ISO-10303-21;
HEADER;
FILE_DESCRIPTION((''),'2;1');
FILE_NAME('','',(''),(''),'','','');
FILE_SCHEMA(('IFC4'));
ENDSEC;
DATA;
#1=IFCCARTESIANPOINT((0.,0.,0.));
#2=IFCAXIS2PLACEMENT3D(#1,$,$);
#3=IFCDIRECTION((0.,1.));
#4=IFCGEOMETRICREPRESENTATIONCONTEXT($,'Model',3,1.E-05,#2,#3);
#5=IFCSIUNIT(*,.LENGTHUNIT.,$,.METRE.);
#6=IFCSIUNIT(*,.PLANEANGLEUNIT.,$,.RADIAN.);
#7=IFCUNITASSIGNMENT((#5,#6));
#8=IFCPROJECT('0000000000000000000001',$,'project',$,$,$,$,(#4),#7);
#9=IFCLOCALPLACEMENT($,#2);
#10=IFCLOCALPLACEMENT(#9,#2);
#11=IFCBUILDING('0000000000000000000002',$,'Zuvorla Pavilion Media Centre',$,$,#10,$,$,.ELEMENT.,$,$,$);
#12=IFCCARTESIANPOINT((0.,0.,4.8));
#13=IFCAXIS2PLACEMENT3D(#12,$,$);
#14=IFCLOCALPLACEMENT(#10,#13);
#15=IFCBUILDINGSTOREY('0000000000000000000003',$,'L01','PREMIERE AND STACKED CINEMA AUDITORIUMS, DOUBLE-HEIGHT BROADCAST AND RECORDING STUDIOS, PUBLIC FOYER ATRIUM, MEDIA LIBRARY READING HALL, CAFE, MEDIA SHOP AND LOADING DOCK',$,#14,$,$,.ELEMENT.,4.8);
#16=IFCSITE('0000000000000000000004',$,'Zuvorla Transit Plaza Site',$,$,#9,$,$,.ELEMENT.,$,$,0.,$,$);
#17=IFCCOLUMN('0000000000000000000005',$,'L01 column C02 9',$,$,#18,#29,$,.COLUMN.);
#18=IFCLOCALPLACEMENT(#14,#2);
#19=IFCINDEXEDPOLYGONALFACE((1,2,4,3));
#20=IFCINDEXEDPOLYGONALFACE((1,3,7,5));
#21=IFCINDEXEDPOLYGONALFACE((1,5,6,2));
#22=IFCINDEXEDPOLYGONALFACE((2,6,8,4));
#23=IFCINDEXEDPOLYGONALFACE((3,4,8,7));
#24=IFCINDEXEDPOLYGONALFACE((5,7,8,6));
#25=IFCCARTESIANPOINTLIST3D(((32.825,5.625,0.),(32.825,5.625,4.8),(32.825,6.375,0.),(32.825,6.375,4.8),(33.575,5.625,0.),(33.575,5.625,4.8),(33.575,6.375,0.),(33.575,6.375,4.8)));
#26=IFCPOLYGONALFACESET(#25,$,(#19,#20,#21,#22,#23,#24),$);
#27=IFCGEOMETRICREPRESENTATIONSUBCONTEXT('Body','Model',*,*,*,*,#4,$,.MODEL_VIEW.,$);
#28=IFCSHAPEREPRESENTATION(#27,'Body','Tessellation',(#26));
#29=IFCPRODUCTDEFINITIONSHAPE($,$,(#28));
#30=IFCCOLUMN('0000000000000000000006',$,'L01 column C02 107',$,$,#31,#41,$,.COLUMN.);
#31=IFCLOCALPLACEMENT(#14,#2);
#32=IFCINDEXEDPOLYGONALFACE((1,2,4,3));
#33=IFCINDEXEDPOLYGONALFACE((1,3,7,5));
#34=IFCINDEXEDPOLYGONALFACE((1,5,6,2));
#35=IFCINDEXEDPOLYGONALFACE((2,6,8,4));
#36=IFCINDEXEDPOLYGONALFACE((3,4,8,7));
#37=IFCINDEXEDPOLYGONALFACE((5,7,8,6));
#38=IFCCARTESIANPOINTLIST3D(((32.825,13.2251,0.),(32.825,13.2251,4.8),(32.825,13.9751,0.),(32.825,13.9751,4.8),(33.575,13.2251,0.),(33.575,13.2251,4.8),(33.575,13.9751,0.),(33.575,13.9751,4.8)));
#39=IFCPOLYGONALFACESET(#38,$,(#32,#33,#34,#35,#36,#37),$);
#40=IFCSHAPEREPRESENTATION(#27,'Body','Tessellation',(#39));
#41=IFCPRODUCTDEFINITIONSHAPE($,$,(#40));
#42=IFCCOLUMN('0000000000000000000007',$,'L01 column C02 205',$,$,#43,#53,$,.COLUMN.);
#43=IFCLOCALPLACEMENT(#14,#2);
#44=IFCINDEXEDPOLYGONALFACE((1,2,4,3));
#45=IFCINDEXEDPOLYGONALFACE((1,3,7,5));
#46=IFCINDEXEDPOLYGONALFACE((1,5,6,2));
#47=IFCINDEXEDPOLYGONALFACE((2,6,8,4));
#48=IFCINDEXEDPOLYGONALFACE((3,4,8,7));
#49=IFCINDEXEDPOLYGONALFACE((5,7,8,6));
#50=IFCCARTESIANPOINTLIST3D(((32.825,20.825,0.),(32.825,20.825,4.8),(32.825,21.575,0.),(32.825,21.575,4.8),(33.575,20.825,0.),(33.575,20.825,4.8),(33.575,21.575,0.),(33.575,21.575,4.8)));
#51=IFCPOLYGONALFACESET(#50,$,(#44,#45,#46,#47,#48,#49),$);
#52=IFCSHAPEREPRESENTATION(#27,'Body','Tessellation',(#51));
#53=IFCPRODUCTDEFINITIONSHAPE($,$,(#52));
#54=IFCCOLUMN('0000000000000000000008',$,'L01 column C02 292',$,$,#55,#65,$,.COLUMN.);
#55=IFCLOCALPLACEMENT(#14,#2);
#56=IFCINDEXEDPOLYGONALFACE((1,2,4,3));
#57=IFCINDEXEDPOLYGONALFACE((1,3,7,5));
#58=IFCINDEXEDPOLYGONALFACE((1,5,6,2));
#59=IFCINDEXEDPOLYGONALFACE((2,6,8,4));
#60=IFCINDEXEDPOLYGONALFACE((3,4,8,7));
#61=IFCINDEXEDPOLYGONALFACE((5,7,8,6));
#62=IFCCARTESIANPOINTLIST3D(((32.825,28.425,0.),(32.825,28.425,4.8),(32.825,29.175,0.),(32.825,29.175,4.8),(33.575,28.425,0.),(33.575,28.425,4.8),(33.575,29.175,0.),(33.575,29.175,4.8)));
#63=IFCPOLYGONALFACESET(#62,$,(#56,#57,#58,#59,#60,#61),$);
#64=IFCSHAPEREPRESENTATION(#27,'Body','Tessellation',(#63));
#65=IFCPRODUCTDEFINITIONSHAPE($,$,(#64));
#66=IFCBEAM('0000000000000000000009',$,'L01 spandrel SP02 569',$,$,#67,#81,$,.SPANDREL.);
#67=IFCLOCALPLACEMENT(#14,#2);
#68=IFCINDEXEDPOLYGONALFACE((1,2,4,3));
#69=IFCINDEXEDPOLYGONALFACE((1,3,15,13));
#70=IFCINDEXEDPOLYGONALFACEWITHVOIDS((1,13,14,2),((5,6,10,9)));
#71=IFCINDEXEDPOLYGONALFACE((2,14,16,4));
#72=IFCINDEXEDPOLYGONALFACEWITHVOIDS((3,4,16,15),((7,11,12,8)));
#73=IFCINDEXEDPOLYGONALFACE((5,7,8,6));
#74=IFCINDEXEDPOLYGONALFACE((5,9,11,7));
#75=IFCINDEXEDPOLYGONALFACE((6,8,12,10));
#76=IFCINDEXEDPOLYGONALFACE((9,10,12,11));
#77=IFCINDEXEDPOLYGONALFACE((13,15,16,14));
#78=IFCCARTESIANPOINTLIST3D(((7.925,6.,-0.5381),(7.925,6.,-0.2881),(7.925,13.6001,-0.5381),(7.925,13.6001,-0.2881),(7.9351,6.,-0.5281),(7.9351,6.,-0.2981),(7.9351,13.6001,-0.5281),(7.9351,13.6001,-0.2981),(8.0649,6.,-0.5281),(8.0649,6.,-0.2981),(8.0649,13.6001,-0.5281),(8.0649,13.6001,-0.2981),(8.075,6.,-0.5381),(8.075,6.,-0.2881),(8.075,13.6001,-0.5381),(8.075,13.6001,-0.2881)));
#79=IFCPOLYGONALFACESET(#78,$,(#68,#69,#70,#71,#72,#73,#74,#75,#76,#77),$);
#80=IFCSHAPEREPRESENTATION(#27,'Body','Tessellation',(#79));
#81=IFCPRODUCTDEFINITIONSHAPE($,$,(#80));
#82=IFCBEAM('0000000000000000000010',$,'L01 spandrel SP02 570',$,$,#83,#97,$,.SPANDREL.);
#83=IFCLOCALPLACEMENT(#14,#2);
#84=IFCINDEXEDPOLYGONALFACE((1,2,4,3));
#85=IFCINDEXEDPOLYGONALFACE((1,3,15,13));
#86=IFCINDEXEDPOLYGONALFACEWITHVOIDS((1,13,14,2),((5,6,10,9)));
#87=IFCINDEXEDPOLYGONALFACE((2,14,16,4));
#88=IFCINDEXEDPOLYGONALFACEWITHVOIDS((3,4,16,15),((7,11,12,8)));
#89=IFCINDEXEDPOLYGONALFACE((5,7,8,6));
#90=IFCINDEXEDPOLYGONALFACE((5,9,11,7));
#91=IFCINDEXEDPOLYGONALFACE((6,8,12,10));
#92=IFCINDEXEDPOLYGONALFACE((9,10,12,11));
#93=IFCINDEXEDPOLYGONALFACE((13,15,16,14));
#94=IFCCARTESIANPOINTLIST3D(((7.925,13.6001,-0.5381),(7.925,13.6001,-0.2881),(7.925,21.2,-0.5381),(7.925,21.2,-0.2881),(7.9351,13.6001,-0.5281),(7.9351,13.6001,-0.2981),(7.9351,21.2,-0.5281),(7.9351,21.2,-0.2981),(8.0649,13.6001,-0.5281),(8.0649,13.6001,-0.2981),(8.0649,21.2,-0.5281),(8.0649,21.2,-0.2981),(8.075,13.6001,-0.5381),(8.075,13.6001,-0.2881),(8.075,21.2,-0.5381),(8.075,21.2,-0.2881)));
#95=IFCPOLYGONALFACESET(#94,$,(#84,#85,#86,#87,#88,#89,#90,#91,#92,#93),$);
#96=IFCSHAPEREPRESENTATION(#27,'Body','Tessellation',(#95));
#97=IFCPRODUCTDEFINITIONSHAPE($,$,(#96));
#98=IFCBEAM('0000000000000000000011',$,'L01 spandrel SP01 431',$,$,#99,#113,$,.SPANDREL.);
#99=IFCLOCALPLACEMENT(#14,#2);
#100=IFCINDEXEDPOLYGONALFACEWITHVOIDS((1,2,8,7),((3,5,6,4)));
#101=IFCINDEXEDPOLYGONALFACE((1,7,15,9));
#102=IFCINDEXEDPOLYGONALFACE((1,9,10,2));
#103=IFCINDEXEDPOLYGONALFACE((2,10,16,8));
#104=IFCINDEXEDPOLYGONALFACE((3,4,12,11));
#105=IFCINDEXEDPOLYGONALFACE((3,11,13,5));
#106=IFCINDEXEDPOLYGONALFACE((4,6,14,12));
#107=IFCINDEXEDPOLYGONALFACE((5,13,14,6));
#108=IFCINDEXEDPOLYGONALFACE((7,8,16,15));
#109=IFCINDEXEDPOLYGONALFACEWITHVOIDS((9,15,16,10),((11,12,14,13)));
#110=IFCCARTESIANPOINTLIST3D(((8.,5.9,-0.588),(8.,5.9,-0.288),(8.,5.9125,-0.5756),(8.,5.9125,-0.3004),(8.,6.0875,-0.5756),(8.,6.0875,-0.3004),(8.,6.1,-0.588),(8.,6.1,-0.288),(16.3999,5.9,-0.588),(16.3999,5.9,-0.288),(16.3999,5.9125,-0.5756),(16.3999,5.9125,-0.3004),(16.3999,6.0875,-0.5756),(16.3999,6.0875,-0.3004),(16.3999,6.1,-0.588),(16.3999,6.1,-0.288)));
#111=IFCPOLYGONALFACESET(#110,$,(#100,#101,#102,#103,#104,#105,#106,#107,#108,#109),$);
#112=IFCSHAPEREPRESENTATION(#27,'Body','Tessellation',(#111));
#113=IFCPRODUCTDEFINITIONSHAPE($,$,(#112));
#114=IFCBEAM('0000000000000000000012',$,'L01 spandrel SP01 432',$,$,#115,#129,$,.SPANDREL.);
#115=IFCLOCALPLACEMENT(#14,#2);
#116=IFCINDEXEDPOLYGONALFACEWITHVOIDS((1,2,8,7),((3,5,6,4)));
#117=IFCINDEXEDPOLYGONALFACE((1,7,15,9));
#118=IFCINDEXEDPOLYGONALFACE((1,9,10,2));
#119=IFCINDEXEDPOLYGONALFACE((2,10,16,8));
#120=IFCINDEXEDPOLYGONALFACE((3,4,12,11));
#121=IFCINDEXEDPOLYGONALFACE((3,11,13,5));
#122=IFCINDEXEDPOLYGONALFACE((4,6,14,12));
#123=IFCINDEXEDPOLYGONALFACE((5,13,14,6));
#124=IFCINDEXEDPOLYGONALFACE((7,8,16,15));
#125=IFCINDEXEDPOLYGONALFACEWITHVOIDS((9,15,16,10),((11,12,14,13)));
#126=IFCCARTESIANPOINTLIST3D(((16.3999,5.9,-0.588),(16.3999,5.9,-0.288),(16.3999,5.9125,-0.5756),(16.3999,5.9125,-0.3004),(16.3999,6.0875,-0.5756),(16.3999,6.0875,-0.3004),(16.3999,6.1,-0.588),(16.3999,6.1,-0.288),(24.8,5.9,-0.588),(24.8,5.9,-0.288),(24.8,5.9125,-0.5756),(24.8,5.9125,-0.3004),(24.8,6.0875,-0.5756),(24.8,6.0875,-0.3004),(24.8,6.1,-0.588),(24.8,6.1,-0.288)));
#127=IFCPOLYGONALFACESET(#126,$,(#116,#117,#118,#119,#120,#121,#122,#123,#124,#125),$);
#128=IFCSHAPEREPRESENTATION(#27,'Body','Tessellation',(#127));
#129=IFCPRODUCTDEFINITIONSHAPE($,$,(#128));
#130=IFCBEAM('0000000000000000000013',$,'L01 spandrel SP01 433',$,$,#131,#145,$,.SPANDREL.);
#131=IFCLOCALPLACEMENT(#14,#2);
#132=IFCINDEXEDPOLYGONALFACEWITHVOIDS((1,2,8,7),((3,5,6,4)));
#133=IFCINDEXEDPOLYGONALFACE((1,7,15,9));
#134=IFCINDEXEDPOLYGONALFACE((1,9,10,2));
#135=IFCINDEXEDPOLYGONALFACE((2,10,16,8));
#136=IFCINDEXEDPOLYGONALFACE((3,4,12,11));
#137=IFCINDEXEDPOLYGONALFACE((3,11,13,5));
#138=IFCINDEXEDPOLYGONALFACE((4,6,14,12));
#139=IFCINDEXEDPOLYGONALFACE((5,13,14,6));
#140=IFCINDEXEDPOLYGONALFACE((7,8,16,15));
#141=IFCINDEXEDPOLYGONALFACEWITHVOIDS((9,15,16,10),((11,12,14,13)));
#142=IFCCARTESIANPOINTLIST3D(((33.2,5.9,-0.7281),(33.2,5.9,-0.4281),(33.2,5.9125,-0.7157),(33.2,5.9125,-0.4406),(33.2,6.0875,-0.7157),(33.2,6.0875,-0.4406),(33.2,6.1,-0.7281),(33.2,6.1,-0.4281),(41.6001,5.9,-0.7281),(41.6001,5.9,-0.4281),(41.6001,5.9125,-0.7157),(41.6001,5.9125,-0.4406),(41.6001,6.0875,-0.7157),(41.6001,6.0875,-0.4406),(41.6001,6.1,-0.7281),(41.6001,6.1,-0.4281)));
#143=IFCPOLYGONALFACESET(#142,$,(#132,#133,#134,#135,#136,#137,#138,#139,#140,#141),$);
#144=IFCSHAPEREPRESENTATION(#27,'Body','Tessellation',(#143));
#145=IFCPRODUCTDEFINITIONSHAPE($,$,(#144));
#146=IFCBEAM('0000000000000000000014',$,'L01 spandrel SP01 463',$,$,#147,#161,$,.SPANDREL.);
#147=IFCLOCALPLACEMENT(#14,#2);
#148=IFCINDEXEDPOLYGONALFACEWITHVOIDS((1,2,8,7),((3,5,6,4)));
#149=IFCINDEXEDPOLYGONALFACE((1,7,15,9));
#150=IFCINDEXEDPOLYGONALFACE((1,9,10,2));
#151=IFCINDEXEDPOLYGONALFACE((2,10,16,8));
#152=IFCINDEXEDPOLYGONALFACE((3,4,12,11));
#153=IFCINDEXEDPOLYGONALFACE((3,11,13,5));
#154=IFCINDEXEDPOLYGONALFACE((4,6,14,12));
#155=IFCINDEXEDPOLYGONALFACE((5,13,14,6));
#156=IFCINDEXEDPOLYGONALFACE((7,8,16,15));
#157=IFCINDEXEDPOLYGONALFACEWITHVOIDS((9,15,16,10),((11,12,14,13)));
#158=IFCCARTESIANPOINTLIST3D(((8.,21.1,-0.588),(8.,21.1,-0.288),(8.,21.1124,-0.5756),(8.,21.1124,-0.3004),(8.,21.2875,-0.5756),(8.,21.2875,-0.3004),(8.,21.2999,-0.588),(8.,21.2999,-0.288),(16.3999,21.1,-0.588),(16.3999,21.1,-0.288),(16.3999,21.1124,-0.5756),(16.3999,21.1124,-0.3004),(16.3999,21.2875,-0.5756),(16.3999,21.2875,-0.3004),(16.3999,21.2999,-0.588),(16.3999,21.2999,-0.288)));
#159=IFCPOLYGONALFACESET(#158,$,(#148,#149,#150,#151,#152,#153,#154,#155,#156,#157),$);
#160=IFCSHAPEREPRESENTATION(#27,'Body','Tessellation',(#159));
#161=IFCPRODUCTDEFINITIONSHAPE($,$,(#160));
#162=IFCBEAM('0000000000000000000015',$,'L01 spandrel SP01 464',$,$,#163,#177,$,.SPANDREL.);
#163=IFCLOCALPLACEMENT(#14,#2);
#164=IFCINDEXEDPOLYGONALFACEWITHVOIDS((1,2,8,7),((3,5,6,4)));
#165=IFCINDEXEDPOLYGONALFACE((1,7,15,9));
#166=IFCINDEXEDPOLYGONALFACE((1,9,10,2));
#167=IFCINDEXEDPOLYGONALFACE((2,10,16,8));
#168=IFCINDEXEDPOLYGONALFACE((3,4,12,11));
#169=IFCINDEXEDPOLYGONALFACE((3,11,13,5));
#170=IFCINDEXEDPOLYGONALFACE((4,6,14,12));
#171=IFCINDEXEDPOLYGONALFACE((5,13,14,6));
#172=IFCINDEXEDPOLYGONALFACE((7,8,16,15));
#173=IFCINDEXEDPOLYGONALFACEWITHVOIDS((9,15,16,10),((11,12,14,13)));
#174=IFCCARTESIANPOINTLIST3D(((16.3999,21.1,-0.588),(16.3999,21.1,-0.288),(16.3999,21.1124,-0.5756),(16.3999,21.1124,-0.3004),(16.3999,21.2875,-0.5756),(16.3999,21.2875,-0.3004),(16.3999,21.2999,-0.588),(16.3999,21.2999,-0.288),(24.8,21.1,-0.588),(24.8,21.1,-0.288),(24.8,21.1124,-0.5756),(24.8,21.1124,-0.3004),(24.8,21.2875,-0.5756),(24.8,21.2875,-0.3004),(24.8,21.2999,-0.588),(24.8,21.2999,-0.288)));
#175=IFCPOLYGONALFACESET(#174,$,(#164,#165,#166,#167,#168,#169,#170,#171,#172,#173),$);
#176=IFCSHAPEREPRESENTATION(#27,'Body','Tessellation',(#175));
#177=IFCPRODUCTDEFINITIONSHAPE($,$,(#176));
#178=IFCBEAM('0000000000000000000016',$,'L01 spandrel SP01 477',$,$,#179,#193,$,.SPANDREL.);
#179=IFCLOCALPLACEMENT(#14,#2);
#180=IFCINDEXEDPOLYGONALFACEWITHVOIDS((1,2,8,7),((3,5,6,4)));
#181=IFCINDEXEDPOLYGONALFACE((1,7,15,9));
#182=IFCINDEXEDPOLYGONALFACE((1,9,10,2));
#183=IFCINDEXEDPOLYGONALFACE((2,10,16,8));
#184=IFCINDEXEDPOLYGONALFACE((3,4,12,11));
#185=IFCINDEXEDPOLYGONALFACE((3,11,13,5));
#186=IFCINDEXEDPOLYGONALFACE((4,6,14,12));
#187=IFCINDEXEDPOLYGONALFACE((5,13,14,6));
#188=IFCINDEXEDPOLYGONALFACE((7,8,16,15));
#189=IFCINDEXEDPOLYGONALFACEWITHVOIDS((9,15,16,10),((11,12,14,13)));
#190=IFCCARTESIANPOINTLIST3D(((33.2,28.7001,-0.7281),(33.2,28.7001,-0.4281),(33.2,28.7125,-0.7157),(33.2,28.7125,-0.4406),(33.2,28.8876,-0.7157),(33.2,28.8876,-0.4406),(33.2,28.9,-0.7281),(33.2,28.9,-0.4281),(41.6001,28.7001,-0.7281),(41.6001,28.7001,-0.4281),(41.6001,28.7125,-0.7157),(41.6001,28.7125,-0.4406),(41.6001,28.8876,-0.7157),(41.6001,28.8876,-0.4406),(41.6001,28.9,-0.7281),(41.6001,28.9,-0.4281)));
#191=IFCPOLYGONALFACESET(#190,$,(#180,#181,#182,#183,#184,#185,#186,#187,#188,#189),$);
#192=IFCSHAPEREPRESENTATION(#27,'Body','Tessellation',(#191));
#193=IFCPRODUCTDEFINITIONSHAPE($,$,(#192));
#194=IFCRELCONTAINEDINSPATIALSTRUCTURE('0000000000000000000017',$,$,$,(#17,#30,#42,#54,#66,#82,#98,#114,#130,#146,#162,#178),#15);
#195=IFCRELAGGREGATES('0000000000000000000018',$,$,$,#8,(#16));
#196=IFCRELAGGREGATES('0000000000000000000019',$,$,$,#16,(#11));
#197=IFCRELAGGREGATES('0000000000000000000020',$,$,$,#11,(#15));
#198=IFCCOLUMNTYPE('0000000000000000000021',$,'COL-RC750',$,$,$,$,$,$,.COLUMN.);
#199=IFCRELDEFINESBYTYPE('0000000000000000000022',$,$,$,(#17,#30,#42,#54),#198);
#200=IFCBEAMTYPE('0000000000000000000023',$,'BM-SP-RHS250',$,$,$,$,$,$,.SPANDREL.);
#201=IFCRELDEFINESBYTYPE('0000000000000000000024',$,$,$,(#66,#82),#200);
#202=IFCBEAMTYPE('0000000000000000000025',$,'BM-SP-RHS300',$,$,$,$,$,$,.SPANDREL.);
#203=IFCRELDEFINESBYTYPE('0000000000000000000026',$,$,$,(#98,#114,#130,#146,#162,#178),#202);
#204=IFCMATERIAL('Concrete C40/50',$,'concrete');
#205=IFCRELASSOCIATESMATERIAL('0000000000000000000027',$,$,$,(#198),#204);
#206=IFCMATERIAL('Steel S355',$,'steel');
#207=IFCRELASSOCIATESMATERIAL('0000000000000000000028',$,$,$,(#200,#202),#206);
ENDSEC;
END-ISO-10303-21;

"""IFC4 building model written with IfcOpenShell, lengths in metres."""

from ifc_helpers import new_model, si_unit, direction, frame, origin, origin_2d, place, context, subcontext, project, spatial, rectangle, hollow_rectangle, extrude, material, material_profile, profile_set, type_object, element, save


model = new_model("IFC4")

# Units and contexts
model_context = context("Model", 3, precision=1e-05, world=origin(), true_north=direction((0.0, 1.0)))
body_context = subcontext(model_context, "Body", "Model", "MODEL_VIEW")
ifc_project = project(units=[si_unit("LENGTHUNIT", "METRE"), si_unit("PLANEANGLEUNIT", "RADIAN")], contexts=[model_context])

# Site, building, storey
site_placement = place(None, origin())
site = spatial("IfcSite", under=ifc_project, at=site_placement, Name="Zuvorla Transit Plaza Site", CompositionType="ELEMENT", RefElevation=0.0)
building_placement = place(site_placement, origin())
building = spatial("IfcBuilding", under=site, at=building_placement, Name="Zuvorla Pavilion Media Centre", CompositionType="ELEMENT")
storey_placement = place(building_placement, frame((0.0, 0.0, 4.8)))
storey = spatial("IfcBuildingStorey", under=building, at=storey_placement, Name="L01", Description="PREMIERE AND STACKED CINEMA AUDITORIUMS, DOUBLE-HEIGHT BROADCAST AND RECORDING STUDIOS, PUBLIC FOYER ATRIUM, MEDIA LIBRARY READING HALL, CAFE, MEDIA SHOP AND LOADING DOCK", CompositionType="ELEMENT", Elevation=4.8)

# Columns
ifc_material_1 = material(Name="Concrete C40/50", Category="concrete")
ifc_material_profile_1 = material_profile(ifc_material_1, rectangle(XDim=0.75, YDim=0.75, at=origin_2d()), Name="RC 750x750")
ifc_profile_set_1 = profile_set([ifc_material_profile_1], Name="Concrete C40/50")
column_type = type_object("IfcColumnType", Name="COL-RC750", PredefinedType="COLUMN", material=ifc_profile_set_1)
for number, where, z_axis, x_axis, name in (
    (1, (33.2, 6.0, 0.0), (0.0, 0.0, 1.0), (1.0, 0.0, 0.0), "L01 column C02 9"),
    (2, (33.2, 13.6001, 0.0), (0.0, 0.0, 1.0), (1.0, 0.0, 0.0), "L01 column C02 107"),
    (3, (33.2, 21.2, 0.0), (0.0, 0.0, 1.0), (1.0, 0.0, 0.0), "L01 column C02 205"),
    (4, (33.2, 28.8, 0.0), (0.0, 0.0, 1.0), (1.0, 0.0, 0.0), "L01 column C02 292"),
):
    element("IfcColumn", number, at=place(storey_placement, frame(where, z_axis=z_axis, x_axis=x_axis)), inside=storey, type_object=column_type, Name=name, PredefinedType="COLUMN", context=body_context, shape_type="SweptSolid", body=[
        extrude(rectangle(XDim=0.75, YDim=0.75, at=origin_2d()), origin(), (0.0, 0.0, 1.0), 4.8),
    ])

# Beams
ifc_material_2 = material(Name="Steel S355", Category="steel")
ifc_material_profile_2 = material_profile(ifc_material_2, hollow_rectangle(XDim=0.1499, YDim=0.25, WallThickness=0.01, at=origin_2d()), Name="RHS 250x150x10")
ifc_profile_set_2 = profile_set([ifc_material_profile_2], Name="Steel S355")
beam_type_1 = type_object("IfcBeamType", Name="BM-SP-RHS250", PredefinedType="SPANDREL", material=ifc_profile_set_2)
beam_1_placement = place(storey_placement, frame((8.0, 6.0, -0.4131), z_axis=(0.0, 1.0, 0.0), x_axis=(-1.0, 0.0, 0.0)))
element("IfcBeam", 5, at=beam_1_placement, inside=storey, type_object=beam_type_1, Name="L01 spandrel SP02 569", PredefinedType="SPANDREL", context=body_context, shape_type="SweptSolid", body=[
    extrude(hollow_rectangle(XDim=0.1499, YDim=0.25, WallThickness=0.01, at=origin_2d()), origin(), (0.0, 0.0, 1.0), 7.6001),
])
beam_2_placement = place(storey_placement, frame((8.0, 13.6001, -0.4131), z_axis=(0.0, 1.0, 0.0), x_axis=(-1.0, 0.0, 0.0)))
element("IfcBeam", 6, at=beam_2_placement, inside=storey, type_object=beam_type_1, Name="L01 spandrel SP02 570", PredefinedType="SPANDREL", context=body_context, shape_type="SweptSolid", body=[
    extrude(hollow_rectangle(XDim=0.1499, YDim=0.25, WallThickness=0.01, at=origin_2d()), origin(), (0.0, 0.0, 1.0), 7.5999),
])
ifc_material_profile_3 = material_profile(ifc_material_2, hollow_rectangle(XDim=0.2, YDim=0.3, WallThickness=0.0125, at=origin_2d()), Name="RHS 300x200x12.5")
ifc_profile_set_3 = profile_set([ifc_material_profile_3], Name="Steel S355")
beam_type_2 = type_object("IfcBeamType", Name="BM-SP-RHS300", PredefinedType="SPANDREL", material=ifc_profile_set_3)
beam_3_placement = place(storey_placement, frame((8.0, 6.0, -0.438), z_axis=(1.0, 0.0, 0.0), x_axis=(0.0, 1.0, 0.0)))
element("IfcBeam", 7, at=beam_3_placement, inside=storey, type_object=beam_type_2, Name="L01 spandrel SP01 431", PredefinedType="SPANDREL", context=body_context, shape_type="SweptSolid", body=[
    extrude(hollow_rectangle(XDim=0.2, YDim=0.3, WallThickness=0.0125, at=origin_2d()), origin(), (0.0, 0.0, 1.0), 8.3999),
])
for number, where, z_axis, x_axis, name in (
    (8, (16.3999, 6.0, -0.438), (1.0, 0.0, 0.0), (0.0, 1.0, 0.0), "L01 spandrel SP01 432"),
    (9, (33.2, 6.0, -0.5781), (1.0, 0.0, 0.0), (0.0, 1.0, 0.0), "L01 spandrel SP01 433"),
):
    element("IfcBeam", number, at=place(storey_placement, frame(where, z_axis=z_axis, x_axis=x_axis)), inside=storey, type_object=beam_type_2, Name=name, PredefinedType="SPANDREL", context=body_context, shape_type="SweptSolid", body=[
        extrude(hollow_rectangle(XDim=0.2, YDim=0.3, WallThickness=0.0125, at=origin_2d()), origin(), (0.0, 0.0, 1.0), 8.4001),
    ])
beam_4_placement = place(storey_placement, frame((8.0, 21.2, -0.438), z_axis=(1.0, 0.0, 0.0), x_axis=(0.0, 1.0, 0.0)))
element("IfcBeam", 10, at=beam_4_placement, inside=storey, type_object=beam_type_2, Name="L01 spandrel SP01 463", PredefinedType="SPANDREL", context=body_context, shape_type="SweptSolid", body=[
    extrude(hollow_rectangle(XDim=0.2, YDim=0.3, WallThickness=0.0125, at=origin_2d()), origin(), (0.0, 0.0, 1.0), 8.3999),
])
for number, where, z_axis, x_axis, name in (
    (11, (16.3999, 21.2, -0.438), (1.0, 0.0, 0.0), (0.0, 1.0, 0.0), "L01 spandrel SP01 464"),
    (12, (33.2, 28.8, -0.5781), (1.0, 0.0, 0.0), (0.0, 1.0, 0.0), "L01 spandrel SP01 477"),
):
    element("IfcBeam", number, at=place(storey_placement, frame(where, z_axis=z_axis, x_axis=x_axis)), inside=storey, type_object=beam_type_2, Name=name, PredefinedType="SPANDREL", context=body_context, shape_type="SweptSolid", body=[
        extrude(hollow_rectangle(XDim=0.2, YDim=0.3, WallThickness=0.0125, at=origin_2d()), origin(), (0.0, 0.0, 1.0), 8.4001),
    ])

save(model, "model.ifc")
